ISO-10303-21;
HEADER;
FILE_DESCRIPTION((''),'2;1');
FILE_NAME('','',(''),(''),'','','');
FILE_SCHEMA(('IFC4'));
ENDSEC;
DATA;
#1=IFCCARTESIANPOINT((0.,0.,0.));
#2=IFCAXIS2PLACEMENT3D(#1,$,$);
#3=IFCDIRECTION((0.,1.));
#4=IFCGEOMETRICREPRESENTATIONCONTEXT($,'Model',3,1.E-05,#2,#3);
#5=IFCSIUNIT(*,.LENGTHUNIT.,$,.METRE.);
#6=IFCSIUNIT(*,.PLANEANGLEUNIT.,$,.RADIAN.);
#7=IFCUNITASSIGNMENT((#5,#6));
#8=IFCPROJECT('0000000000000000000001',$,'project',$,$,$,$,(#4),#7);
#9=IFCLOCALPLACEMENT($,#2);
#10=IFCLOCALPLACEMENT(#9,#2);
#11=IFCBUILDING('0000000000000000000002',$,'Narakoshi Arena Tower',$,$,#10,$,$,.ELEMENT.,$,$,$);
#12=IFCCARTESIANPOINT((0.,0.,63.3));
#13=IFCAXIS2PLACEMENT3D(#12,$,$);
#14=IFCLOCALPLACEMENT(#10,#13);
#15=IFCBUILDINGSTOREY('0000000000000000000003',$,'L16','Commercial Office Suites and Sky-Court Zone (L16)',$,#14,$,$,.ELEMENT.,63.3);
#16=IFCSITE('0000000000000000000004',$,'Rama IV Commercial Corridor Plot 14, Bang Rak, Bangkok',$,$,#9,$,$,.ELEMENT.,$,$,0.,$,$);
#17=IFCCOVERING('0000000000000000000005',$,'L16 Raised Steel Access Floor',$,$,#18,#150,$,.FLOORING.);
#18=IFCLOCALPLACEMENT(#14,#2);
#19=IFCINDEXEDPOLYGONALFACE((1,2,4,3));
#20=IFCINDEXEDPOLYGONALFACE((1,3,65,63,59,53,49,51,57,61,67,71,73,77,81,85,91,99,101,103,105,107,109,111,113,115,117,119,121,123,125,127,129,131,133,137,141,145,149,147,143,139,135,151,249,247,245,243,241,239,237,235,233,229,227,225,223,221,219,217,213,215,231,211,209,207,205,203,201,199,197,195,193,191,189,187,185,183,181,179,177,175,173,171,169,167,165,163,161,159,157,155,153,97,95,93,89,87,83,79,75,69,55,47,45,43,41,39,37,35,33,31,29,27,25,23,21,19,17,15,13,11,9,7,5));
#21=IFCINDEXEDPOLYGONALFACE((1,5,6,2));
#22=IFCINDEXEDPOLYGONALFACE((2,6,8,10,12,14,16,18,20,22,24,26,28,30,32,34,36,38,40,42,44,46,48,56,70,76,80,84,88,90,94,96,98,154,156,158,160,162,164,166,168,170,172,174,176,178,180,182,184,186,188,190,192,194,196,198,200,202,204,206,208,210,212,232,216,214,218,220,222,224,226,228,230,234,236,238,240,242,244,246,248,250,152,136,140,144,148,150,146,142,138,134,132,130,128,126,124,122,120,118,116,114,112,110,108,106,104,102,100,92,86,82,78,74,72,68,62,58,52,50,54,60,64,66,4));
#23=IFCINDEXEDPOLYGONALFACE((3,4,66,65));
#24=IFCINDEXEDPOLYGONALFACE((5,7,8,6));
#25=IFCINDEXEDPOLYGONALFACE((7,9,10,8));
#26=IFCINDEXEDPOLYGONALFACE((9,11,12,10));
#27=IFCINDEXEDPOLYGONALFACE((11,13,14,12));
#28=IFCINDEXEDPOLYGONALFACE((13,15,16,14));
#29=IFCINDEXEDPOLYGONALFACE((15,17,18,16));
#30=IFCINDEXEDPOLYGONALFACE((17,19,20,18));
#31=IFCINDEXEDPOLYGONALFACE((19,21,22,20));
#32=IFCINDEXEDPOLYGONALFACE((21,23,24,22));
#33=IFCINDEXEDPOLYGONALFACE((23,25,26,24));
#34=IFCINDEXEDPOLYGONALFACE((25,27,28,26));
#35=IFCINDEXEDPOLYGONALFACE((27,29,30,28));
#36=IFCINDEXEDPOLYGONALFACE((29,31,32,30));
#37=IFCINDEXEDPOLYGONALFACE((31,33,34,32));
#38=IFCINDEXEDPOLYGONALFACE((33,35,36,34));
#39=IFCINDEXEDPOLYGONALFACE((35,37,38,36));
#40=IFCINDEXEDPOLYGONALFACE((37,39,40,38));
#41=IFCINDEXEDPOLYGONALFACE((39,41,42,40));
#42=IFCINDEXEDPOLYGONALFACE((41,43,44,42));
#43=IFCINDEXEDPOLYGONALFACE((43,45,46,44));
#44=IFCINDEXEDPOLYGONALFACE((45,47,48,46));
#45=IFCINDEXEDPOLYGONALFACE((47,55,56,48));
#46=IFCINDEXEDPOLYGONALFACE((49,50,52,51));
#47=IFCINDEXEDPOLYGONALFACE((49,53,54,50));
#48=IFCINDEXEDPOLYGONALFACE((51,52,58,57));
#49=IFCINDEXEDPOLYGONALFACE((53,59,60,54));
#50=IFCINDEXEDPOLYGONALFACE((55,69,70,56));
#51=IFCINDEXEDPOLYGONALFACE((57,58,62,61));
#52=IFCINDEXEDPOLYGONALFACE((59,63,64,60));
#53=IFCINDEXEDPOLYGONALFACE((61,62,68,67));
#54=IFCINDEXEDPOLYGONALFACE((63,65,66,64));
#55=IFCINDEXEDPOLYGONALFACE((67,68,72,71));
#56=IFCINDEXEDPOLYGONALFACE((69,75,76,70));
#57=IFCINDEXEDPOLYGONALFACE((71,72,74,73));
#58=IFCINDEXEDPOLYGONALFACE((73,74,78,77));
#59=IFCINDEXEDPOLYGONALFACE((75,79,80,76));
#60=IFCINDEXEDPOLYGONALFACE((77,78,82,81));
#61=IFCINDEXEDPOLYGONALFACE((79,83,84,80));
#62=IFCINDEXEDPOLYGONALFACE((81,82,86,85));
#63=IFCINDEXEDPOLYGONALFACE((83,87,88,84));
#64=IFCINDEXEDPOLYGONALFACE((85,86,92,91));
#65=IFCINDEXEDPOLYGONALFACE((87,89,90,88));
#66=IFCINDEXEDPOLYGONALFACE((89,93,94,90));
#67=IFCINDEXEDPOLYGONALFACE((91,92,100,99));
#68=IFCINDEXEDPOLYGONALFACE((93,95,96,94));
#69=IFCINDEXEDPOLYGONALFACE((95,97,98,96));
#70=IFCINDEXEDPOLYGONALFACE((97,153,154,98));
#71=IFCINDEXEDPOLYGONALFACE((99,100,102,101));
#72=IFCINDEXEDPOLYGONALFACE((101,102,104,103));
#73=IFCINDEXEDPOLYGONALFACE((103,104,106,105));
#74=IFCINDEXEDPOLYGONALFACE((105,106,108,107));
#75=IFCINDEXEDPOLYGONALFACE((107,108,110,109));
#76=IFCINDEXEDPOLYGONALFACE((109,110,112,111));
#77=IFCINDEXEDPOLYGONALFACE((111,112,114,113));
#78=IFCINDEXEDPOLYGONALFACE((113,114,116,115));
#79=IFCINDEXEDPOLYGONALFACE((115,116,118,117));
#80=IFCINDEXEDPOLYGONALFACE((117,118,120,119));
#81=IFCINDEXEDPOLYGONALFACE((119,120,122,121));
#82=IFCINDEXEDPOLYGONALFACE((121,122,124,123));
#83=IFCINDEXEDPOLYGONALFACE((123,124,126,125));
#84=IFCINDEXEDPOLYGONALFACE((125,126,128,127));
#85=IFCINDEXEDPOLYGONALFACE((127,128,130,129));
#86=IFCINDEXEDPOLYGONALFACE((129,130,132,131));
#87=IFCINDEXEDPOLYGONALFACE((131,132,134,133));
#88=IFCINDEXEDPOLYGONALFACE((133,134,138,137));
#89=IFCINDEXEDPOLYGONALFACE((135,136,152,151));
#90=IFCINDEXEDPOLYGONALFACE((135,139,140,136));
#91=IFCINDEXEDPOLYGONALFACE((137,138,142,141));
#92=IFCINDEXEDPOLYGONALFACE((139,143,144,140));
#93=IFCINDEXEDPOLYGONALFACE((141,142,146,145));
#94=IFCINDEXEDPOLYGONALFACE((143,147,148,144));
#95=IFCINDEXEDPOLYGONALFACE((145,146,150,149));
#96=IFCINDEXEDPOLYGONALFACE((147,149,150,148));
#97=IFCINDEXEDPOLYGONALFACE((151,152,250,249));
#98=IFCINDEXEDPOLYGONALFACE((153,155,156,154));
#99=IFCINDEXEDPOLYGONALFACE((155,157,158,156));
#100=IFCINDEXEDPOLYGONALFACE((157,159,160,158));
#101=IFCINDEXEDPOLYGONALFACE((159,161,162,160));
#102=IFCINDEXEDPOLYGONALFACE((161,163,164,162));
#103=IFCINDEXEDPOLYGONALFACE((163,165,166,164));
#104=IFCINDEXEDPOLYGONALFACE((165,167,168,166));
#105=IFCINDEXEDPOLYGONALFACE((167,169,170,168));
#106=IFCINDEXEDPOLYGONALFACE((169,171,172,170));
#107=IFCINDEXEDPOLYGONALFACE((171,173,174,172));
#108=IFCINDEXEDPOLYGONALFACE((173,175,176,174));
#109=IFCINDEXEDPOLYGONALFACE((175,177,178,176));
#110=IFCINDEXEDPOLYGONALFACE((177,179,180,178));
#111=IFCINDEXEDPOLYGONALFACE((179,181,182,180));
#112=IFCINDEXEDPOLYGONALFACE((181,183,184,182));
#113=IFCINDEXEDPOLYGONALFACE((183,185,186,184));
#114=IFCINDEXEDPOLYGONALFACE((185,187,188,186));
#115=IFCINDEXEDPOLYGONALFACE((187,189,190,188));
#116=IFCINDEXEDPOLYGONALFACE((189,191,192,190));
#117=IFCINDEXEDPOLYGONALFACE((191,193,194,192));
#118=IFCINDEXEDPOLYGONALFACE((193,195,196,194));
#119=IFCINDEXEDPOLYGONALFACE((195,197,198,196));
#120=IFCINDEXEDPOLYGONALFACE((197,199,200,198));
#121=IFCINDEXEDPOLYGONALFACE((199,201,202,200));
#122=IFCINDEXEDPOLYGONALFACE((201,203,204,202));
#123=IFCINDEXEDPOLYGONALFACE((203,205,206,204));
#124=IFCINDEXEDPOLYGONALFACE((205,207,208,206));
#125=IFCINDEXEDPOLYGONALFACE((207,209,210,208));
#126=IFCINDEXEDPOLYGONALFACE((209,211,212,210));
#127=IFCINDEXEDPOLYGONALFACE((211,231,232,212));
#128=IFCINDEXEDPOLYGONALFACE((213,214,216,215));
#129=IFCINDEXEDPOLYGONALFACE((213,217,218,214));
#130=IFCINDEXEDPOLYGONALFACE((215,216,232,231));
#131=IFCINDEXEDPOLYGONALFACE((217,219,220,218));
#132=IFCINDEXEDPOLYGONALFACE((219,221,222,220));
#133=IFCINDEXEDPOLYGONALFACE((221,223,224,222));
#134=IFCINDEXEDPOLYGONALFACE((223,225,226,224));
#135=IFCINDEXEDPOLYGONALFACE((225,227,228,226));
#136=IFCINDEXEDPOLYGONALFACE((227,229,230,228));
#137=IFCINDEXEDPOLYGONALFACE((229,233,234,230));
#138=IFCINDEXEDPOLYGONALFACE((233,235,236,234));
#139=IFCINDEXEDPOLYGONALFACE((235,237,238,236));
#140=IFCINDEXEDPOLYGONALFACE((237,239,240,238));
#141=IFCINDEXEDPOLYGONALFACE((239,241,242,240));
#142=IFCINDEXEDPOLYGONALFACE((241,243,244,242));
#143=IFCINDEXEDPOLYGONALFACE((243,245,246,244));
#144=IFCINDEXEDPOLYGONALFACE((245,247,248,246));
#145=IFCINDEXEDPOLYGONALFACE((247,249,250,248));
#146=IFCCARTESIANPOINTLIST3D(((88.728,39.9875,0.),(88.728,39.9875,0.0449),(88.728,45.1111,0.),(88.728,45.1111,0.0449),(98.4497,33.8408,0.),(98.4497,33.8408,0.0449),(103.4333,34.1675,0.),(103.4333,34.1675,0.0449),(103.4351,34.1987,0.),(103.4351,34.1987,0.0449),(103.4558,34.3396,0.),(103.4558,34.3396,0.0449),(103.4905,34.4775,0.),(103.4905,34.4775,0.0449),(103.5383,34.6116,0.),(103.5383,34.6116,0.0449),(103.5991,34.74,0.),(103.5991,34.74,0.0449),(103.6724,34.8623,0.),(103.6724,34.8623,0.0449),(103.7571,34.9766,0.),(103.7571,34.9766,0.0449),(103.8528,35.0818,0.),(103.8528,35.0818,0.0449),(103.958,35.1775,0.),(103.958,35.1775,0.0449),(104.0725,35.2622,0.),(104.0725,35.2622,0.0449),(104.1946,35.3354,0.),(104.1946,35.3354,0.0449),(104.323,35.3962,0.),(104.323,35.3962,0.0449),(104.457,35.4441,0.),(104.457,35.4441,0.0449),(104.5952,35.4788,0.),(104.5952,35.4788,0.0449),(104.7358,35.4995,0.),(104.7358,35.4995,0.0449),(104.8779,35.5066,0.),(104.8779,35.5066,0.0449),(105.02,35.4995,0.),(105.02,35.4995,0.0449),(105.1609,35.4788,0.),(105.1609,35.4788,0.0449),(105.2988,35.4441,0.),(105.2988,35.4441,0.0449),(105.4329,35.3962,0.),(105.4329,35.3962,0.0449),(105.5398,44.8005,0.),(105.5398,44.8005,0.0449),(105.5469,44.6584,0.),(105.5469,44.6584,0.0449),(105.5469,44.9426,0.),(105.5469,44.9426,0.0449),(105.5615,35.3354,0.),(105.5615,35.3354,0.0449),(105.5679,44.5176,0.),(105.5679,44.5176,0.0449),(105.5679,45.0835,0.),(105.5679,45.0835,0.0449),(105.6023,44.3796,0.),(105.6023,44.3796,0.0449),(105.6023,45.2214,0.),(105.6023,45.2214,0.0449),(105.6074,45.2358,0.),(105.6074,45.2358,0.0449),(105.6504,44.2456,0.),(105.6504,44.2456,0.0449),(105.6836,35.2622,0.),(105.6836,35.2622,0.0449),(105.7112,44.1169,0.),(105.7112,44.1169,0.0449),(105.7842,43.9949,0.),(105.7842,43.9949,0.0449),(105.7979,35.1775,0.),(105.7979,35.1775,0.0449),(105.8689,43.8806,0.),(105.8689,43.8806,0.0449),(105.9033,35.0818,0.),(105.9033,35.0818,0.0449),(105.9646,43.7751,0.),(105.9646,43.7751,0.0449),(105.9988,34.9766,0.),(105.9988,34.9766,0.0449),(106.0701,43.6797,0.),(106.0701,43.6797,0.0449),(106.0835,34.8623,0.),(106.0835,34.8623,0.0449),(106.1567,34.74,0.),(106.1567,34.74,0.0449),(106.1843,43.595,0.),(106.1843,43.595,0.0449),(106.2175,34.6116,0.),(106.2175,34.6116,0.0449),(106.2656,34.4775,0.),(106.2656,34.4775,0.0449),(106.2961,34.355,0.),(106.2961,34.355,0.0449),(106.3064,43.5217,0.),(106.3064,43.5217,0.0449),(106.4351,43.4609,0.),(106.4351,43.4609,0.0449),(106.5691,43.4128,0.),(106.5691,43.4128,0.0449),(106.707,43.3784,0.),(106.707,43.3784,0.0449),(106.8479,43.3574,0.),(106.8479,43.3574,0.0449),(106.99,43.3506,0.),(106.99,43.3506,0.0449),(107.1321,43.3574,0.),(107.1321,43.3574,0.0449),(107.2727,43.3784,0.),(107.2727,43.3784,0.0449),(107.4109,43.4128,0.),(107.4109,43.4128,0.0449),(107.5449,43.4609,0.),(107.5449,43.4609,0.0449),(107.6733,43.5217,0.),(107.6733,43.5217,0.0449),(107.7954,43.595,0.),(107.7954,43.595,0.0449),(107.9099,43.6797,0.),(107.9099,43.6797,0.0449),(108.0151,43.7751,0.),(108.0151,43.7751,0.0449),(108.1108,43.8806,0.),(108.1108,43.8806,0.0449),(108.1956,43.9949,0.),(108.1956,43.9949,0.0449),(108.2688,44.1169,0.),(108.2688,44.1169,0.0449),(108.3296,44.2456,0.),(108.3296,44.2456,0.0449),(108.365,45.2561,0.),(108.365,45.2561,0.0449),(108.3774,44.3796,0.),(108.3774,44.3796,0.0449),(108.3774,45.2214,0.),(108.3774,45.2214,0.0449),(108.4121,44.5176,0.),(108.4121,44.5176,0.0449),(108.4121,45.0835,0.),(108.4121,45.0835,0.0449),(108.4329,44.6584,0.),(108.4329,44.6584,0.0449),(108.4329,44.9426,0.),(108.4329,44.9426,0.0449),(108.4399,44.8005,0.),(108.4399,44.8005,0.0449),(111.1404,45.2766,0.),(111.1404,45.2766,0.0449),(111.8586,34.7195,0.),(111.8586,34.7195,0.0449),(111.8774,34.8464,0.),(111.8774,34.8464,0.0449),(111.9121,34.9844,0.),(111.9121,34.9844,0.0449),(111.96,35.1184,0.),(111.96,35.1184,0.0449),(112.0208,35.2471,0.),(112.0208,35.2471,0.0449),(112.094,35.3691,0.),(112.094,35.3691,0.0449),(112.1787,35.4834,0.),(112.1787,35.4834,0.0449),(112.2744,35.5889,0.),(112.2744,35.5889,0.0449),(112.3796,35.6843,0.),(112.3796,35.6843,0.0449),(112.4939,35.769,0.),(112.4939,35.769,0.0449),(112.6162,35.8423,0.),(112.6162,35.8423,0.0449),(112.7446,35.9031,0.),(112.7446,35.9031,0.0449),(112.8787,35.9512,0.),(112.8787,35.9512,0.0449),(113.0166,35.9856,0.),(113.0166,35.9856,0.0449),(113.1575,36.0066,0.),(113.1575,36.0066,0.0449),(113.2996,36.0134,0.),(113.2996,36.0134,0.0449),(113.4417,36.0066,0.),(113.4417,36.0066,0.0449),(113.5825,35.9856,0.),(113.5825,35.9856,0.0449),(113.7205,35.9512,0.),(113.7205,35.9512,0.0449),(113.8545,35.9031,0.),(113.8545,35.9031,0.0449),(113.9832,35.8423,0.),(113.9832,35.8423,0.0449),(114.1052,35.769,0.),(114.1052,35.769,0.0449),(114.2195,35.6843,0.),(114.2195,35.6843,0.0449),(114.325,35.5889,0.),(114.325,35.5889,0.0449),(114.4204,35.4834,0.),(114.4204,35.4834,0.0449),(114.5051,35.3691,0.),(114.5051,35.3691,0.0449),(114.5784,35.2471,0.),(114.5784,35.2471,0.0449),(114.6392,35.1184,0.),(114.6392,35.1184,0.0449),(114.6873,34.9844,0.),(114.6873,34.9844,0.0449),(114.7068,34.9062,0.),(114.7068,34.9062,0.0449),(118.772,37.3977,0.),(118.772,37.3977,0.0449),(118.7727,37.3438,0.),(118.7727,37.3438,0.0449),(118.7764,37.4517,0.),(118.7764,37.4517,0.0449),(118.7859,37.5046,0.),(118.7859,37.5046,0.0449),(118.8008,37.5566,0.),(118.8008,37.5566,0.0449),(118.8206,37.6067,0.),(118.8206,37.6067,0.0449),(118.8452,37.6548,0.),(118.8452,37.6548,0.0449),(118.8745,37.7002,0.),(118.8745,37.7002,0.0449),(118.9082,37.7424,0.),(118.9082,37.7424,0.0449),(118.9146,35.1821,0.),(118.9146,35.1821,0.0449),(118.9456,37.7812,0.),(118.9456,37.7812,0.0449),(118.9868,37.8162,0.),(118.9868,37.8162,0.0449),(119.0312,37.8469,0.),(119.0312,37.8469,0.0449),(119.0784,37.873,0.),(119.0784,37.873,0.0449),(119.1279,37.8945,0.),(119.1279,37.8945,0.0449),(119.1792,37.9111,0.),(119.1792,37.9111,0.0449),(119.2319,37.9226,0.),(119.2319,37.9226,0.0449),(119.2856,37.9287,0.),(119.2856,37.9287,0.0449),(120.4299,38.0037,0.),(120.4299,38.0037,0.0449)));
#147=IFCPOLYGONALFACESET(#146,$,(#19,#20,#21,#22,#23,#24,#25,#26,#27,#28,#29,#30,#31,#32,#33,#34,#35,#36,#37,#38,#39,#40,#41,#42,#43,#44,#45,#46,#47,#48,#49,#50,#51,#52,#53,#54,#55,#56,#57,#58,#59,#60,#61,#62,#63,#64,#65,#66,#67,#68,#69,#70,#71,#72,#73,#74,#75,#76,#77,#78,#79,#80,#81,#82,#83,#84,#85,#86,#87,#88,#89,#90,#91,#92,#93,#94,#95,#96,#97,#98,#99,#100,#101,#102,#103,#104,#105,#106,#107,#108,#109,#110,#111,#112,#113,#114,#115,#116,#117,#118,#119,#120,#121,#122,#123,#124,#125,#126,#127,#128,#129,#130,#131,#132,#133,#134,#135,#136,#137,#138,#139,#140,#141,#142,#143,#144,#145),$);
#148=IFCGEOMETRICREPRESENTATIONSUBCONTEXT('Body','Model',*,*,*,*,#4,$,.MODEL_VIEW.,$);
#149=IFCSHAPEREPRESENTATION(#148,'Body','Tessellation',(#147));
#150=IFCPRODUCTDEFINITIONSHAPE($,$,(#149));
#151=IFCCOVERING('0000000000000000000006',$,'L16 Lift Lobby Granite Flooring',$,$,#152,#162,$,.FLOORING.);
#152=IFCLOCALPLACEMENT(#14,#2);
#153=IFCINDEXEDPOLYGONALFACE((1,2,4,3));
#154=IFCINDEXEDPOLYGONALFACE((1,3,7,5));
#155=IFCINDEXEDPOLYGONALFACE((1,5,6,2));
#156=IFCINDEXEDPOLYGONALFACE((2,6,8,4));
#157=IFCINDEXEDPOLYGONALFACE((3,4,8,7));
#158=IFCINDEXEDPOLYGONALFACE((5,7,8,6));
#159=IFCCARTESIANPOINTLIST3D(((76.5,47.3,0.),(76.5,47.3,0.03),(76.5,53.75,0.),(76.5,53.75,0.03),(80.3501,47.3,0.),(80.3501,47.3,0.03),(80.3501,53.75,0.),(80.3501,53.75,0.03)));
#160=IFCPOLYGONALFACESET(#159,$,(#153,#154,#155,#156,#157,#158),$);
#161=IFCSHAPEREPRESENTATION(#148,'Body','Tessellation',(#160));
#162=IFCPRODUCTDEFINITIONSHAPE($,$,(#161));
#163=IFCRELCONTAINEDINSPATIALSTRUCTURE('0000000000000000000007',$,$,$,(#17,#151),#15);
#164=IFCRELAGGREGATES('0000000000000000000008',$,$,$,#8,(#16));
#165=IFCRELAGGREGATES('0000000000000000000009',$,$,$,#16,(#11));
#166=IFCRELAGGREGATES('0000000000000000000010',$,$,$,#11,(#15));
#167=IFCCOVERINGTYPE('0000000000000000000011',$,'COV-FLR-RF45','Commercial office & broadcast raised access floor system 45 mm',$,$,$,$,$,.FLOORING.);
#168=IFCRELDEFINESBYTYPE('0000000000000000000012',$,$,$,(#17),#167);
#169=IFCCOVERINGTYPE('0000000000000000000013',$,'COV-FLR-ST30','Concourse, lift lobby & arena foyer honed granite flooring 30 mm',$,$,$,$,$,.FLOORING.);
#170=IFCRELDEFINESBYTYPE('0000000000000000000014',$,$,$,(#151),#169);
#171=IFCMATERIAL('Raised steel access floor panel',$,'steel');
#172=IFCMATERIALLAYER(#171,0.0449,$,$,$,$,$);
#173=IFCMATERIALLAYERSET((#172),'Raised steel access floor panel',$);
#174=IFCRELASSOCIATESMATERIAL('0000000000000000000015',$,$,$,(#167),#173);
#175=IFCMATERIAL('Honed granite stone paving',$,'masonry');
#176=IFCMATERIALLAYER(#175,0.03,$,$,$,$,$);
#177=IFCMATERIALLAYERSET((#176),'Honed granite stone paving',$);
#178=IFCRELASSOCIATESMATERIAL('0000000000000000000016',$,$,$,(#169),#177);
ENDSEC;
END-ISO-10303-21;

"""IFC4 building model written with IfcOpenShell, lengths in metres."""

from ifc_helpers import new_model, si_unit, direction, frame, origin, place, context, subcontext, project, spatial, polyline, outline, extrude, material, layer, layer_set, type_object, element, save


model = new_model("IFC4")

# Units and contexts
model_context = context("Model", 3, precision=1e-05, world=origin(), true_north=direction((0.0, 1.0)))
body_context = subcontext(model_context, "Body", "Model", "MODEL_VIEW")
ifc_project = project(units=[si_unit("LENGTHUNIT", "METRE"), si_unit("PLANEANGLEUNIT", "RADIAN")], contexts=[model_context])

# Site, building, storey
site_placement = place(None, origin())
site = spatial("IfcSite", under=ifc_project, at=site_placement, Name="Rama IV Commercial Corridor Plot 14, Bang Rak, Bangkok", CompositionType="ELEMENT", RefElevation=0.0)
building_placement = place(site_placement, origin())
building = spatial("IfcBuilding", under=site, at=building_placement, Name="Narakoshi Arena Tower", CompositionType="ELEMENT")
storey_placement = place(building_placement, frame((0.0, 0.0, 63.3)))
storey = spatial("IfcBuildingStorey", under=building, at=storey_placement, Name="L16", Description="Commercial Office Suites and Sky-Court Zone (L16)", CompositionType="ELEMENT", Elevation=63.3)

# Coverings
ifc_material_1 = material(Name="Raised steel access floor panel", Category="steel")
ifc_layer_1 = layer(ifc_material_1, 0.0449)
ifc_layer_set_1 = layer_set([ifc_layer_1], Name="Raised steel access floor panel")
covering_type_1 = type_object("IfcCoveringType", Name="COV-FLR-RF45", Description="Commercial office & broadcast raised access floor system 45 mm", PredefinedType="FLOORING", material=ifc_layer_set_1)
covering_1_placement = place(storey_placement, origin())
element("IfcCovering", 1, at=covering_1_placement, inside=storey, type_object=covering_type_1, Name="L16 Raised Steel Access Floor", PredefinedType="FLOORING", context=body_context, shape_type="SweptSolid", body=[
    extrude(outline(polyline([(119.2319, 37.9226), (119.1792, 37.9111), (119.1279, 37.8945), (119.0784, 37.873), (119.0312, 37.8469), (118.9868, 37.8162), (118.9456, 37.7812), (118.9082, 37.7424), (118.8745, 37.7002), (118.8452, 37.6548), (118.8206, 37.6067), (118.8008, 37.5566), (118.7859, 37.5046), (118.7764, 37.4517), (118.772, 37.3977), (118.7727, 37.3438), (118.9146, 35.1821), (114.7068, 34.9062), (114.6873, 34.9844), (114.6392, 35.1184), (114.5784, 35.2471), (114.5051, 35.3691), (114.4204, 35.4834), (114.325, 35.5889), (114.2195, 35.6843), (114.1052, 35.769), (113.9832, 35.8423), (113.8545, 35.9031), (113.7205, 35.9512), (113.5825, 35.9856), (113.4417, 36.0066), (113.2996, 36.0134), (113.1575, 36.0066), (113.0166, 35.9856), (112.8787, 35.9512), (112.7446, 35.9031), (112.6162, 35.8423), (112.4939, 35.769), (112.3796, 35.6843), (112.2744, 35.5889), (112.1787, 35.4834), (112.094, 35.3691), (112.0208, 35.2471), (111.96, 35.1184), (111.9121, 34.9844), (111.8774, 34.8464), (111.8586, 34.7195), (106.2961, 34.355), (106.2656, 34.4775), (106.2175, 34.6116), (106.1567, 34.74), (106.0835, 34.8623), (105.9988, 34.9766), (105.9033, 35.0818), (105.7979, 35.1775), (105.6836, 35.2622), (105.5615, 35.3354), (105.4329, 35.3962), (105.2988, 35.4441), (105.1609, 35.4788), (105.02, 35.4995), (104.8779, 35.5066), (104.7358, 35.4995), (104.5952, 35.4788), (104.457, 35.4441), (104.323, 35.3962), (104.1946, 35.3354), (104.0725, 35.2622), (103.958, 35.1775), (103.8528, 35.0818), (103.7571, 34.9766), (103.6724, 34.8623), (103.5991, 34.74), (103.5383, 34.6116), (103.4905, 34.4775), (103.4558, 34.3396), (103.4351, 34.1987), (103.4333, 34.1675), (98.4497, 33.8408), (88.728, 39.9875), (88.728, 45.1111), (105.6074, 45.2358), (105.6023, 45.2214), (105.5679, 45.0835), (105.5469, 44.9426), (105.5398, 44.8005), (105.5469, 44.6584), (105.5679, 44.5176), (105.6023, 44.3796), (105.6504, 44.2456), (105.7112, 44.1169), (105.7842, 43.9949), (105.8689, 43.8806), (105.9646, 43.7751), (106.0701, 43.6797), (106.1843, 43.595), (106.3064, 43.5217), (106.4351, 43.4609), (106.5691, 43.4128), (106.707, 43.3784), (106.8479, 43.3574), (106.99, 43.3506), (107.1321, 43.3574), (107.2727, 43.3784), (107.4109, 43.4128), (107.5449, 43.4609), (107.6733, 43.5217), (107.7954, 43.595), (107.9099, 43.6797), (108.0151, 43.7751), (108.1108, 43.8806), (108.1956, 43.9949), (108.2688, 44.1169), (108.3296, 44.2456), (108.3774, 44.3796), (108.4121, 44.5176), (108.4329, 44.6584), (108.4399, 44.8005), (108.4329, 44.9426), (108.4121, 45.0835), (108.3774, 45.2214), (108.365, 45.2561), (111.1404, 45.2766), (120.4299, 38.0037), (119.2856, 37.9287), (119.2319, 37.9226)])), origin(), (0.0, 0.0, 1.0), 0.0449),
])
ifc_material_2 = material(Name="Honed granite stone paving", Category="masonry")
ifc_layer_2 = layer(ifc_material_2, 0.03)
ifc_layer_set_2 = layer_set([ifc_layer_2], Name="Honed granite stone paving")
covering_type_2 = type_object("IfcCoveringType", Name="COV-FLR-ST30", Description="Concourse, lift lobby & arena foyer honed granite flooring 30 mm", PredefinedType="FLOORING", material=ifc_layer_set_2)
covering_2_placement = place(storey_placement, origin())
element("IfcCovering", 2, at=covering_2_placement, inside=storey, type_object=covering_type_2, Name="L16 Lift Lobby Granite Flooring", PredefinedType="FLOORING", context=body_context, shape_type="SweptSolid", body=[
    extrude(outline(polyline([(76.5, 47.3), (80.3501, 47.3), (80.3501, 53.75), (76.5, 53.75), (76.5, 47.3)])), origin(), (0.0, 0.0, 1.0), 0.03),
])

save(model, "model.ifc")
